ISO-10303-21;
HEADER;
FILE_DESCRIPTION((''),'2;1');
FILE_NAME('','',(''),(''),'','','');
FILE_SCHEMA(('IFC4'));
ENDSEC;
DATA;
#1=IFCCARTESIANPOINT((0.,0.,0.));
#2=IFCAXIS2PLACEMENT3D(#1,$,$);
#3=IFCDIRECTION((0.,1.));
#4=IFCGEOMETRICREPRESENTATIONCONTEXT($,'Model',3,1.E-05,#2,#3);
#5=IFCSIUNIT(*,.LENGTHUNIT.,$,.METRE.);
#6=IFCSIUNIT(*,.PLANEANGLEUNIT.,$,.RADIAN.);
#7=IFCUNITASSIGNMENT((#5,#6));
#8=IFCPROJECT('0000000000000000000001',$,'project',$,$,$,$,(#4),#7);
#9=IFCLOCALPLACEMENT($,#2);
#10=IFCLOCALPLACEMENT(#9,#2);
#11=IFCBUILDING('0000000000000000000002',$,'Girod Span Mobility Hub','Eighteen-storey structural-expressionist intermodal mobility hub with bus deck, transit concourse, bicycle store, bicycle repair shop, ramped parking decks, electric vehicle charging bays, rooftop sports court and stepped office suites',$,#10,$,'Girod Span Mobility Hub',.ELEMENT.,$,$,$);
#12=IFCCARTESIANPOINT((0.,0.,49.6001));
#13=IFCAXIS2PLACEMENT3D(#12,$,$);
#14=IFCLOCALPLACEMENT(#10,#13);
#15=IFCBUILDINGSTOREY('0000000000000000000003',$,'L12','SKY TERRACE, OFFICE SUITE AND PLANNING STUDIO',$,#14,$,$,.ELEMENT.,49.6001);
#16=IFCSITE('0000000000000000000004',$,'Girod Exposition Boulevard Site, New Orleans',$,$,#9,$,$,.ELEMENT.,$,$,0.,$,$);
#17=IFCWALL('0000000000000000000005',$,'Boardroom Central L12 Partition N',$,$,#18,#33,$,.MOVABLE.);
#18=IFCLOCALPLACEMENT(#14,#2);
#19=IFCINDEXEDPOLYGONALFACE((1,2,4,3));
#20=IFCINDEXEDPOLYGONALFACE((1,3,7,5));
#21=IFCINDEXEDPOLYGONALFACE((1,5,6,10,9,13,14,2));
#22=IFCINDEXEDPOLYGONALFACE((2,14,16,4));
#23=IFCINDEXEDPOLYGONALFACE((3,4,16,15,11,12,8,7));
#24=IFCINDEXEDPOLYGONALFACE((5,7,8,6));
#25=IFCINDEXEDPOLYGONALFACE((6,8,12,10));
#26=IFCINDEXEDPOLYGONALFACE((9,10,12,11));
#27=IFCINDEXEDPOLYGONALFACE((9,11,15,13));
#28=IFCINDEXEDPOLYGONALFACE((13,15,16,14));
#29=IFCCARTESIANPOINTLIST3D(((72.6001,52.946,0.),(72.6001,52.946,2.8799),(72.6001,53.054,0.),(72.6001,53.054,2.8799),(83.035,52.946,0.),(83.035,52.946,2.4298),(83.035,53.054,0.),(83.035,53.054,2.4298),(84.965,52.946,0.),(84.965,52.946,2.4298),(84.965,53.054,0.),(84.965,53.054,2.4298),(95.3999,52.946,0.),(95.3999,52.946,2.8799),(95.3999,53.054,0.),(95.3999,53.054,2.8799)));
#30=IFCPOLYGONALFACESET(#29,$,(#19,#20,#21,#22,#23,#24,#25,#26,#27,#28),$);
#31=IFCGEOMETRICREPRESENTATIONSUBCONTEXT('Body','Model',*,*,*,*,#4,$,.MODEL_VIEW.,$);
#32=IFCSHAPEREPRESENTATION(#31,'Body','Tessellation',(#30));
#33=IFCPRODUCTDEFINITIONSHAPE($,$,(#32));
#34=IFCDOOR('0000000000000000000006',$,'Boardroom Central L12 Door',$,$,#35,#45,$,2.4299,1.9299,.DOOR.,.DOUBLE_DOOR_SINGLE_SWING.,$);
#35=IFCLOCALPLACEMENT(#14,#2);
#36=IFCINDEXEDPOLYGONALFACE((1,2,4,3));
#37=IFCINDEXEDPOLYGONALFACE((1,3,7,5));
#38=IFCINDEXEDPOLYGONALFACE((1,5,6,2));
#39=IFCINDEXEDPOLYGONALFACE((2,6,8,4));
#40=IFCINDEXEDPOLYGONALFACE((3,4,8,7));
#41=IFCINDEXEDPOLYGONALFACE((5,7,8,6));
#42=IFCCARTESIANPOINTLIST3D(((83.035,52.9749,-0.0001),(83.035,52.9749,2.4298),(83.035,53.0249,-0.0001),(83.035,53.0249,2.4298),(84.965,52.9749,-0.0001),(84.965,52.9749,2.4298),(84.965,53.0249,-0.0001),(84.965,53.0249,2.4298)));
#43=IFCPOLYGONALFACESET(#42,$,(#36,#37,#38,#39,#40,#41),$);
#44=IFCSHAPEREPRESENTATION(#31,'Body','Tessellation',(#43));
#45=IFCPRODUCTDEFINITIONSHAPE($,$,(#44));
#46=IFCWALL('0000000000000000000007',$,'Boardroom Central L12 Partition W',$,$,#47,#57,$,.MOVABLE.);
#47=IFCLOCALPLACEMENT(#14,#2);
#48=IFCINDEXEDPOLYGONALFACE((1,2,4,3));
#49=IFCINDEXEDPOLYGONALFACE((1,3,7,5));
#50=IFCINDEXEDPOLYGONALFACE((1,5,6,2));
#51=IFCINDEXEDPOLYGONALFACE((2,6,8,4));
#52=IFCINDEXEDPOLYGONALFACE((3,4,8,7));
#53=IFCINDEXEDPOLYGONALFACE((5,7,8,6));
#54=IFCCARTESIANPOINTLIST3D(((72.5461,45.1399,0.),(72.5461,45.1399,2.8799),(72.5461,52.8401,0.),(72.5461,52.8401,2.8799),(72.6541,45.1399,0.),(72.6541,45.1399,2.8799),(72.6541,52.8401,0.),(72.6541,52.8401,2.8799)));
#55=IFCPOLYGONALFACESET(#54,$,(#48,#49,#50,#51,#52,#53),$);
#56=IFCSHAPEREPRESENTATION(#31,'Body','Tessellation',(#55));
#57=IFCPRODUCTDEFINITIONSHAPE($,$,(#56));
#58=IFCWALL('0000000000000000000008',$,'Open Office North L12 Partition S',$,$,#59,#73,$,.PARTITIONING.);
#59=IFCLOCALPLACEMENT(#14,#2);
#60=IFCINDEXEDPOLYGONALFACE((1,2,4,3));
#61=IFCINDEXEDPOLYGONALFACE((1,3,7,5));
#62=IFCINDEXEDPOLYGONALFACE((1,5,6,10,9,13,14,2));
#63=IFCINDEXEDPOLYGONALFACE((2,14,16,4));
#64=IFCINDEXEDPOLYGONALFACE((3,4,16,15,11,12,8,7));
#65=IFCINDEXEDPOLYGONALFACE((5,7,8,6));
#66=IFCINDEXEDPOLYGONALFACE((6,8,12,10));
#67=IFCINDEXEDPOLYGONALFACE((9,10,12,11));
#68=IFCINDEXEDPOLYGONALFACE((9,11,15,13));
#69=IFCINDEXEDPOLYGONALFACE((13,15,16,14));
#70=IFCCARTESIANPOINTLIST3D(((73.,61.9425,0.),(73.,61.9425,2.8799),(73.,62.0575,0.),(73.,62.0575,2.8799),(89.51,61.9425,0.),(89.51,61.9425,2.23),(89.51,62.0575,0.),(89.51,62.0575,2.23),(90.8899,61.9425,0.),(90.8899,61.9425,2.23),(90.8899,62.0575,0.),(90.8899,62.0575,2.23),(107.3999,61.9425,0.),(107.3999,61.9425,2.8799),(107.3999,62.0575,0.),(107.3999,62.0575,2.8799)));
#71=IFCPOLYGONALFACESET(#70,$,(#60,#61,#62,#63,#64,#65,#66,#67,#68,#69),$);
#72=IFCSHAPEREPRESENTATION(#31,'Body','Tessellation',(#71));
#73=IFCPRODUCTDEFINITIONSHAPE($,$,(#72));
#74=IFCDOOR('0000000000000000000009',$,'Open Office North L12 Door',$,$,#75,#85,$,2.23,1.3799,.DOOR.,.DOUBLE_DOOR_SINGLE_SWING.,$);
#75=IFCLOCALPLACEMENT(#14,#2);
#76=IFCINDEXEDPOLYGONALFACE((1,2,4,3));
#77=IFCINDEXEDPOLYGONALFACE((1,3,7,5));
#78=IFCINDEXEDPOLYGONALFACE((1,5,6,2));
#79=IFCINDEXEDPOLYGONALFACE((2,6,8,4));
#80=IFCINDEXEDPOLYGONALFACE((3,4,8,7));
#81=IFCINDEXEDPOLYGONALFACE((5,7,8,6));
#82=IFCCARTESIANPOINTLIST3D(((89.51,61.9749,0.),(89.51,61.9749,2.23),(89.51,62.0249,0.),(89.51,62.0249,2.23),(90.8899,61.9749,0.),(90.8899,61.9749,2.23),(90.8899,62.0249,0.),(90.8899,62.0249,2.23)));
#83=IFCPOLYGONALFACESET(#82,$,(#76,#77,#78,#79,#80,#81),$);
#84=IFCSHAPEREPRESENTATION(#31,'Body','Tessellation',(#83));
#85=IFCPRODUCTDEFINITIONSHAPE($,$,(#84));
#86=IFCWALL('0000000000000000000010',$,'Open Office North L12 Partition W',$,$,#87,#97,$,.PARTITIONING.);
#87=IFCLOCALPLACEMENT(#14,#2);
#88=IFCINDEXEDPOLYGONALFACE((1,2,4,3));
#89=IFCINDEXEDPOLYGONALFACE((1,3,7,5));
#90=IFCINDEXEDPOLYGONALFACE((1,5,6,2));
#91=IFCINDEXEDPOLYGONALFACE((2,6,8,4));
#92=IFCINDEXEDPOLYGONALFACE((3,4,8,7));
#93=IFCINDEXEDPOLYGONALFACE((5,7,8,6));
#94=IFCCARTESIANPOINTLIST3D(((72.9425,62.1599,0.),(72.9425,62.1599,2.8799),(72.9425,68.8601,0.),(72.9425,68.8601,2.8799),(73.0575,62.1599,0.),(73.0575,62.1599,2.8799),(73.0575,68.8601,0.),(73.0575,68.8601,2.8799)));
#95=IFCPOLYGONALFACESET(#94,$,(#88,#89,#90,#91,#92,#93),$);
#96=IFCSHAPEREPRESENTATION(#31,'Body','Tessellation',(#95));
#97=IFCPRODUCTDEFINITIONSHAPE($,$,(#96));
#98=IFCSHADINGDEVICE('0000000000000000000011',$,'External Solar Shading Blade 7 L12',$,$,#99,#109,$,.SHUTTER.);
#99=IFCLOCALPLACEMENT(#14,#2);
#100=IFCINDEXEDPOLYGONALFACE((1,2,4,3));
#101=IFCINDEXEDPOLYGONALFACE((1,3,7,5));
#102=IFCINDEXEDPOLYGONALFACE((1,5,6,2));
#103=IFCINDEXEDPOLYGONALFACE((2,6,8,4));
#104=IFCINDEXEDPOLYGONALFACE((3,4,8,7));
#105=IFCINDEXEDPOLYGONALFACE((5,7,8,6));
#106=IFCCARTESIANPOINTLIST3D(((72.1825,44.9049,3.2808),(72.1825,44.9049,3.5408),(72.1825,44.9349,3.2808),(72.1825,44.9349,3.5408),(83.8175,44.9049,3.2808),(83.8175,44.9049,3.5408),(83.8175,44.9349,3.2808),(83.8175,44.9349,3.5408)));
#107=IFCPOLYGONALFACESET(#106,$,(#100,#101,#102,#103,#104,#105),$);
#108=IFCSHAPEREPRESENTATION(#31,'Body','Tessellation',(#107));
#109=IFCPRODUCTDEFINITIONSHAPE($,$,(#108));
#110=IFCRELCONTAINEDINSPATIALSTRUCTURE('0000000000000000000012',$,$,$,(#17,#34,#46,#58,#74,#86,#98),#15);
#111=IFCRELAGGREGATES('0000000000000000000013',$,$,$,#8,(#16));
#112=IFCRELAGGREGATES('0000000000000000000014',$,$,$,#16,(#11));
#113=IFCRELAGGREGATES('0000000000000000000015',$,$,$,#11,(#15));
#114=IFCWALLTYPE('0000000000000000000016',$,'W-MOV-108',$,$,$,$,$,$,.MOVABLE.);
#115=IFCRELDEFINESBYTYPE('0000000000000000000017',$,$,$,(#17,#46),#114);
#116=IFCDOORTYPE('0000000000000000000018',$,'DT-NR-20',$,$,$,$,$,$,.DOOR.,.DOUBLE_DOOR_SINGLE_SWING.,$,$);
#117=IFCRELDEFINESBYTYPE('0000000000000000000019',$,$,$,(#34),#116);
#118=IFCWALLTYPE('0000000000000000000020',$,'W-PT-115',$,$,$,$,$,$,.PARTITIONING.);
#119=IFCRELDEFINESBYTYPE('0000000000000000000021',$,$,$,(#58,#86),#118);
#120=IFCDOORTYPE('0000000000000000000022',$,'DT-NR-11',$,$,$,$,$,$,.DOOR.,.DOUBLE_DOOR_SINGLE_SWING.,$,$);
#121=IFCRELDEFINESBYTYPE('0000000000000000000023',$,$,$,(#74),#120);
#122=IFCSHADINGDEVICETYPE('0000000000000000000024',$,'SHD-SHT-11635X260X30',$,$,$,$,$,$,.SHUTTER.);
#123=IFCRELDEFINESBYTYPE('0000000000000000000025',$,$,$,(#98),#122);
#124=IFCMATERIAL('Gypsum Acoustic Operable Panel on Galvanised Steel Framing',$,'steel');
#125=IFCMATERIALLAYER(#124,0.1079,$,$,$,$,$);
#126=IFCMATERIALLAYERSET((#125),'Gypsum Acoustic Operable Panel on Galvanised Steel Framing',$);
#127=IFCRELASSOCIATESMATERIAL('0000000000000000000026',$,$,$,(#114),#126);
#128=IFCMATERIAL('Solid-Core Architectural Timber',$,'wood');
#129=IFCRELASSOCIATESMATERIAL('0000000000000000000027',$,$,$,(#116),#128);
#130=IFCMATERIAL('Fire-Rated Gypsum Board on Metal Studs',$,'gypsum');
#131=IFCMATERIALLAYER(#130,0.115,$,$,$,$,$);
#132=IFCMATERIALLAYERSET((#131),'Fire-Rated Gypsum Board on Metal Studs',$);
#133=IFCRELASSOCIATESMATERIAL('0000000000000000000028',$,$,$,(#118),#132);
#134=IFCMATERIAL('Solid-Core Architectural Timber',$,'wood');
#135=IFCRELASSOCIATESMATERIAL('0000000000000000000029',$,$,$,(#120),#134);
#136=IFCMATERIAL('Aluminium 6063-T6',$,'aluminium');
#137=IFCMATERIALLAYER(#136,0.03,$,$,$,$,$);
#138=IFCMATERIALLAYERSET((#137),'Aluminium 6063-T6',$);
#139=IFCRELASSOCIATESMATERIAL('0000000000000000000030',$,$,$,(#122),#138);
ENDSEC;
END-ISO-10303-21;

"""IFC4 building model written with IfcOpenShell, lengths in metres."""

from ifc_helpers import new_model, si_unit, direction, frame, frame_2d, origin, origin_2d, place, context, subcontext, project, spatial, rectangle, extrude, material, layer, layer_set, type_object, element, fill, save


model = new_model("IFC4")

# Units and contexts
model_context = context("Model", 3, precision=1e-05, world=origin(), true_north=direction((0.0, 1.0)))
body_context = subcontext(model_context, "Body", "Model", "MODEL_VIEW")
ifc_project = project(units=[si_unit("LENGTHUNIT", "METRE"), si_unit("PLANEANGLEUNIT", "RADIAN")], contexts=[model_context])

# Site, building, storey
site_placement = place(None, origin())
site = spatial("IfcSite", under=ifc_project, at=site_placement, Name="Girod Exposition Boulevard Site, New Orleans", CompositionType="ELEMENT", RefElevation=0.0)
building_placement = place(site_placement, origin())
building = spatial("IfcBuilding", under=site, at=building_placement, Name="Girod Span Mobility Hub", Description="Eighteen-storey structural-expressionist intermodal mobility hub with bus deck, transit concourse, bicycle store, bicycle repair shop, ramped parking decks, electric vehicle charging bays, rooftop sports court and stepped office suites", LongName="Girod Span Mobility Hub", CompositionType="ELEMENT")
storey_placement = place(building_placement, frame((0.0, 0.0, 49.6001)))
storey = spatial("IfcBuildingStorey", under=building, at=storey_placement, Name="L12", Description="SKY TERRACE, OFFICE SUITE AND PLANNING STUDIO", CompositionType="ELEMENT", Elevation=49.6001)

# Wall, opening, door
ifc_material_1 = material(Name="Gypsum Acoustic Operable Panel on Galvanised Steel Framing", Category="steel")
ifc_layer_1 = layer(ifc_material_1, 0.1079)
ifc_layer_set_1 = layer_set([ifc_layer_1], Name="Gypsum Acoustic Operable Panel on Galvanised Steel Framing")
wall_type_1 = type_object("IfcWallType", Name="W-MOV-108", PredefinedType="MOVABLE", material=ifc_layer_set_1)
wall_1_placement = place(storey_placement, frame((72.6001, 53.0, 0.0), z_axis=(0.0, 0.0, 1.0), x_axis=(1.0, 0.0, 0.0)))
wall_1 = element("IfcWall", 1, at=wall_1_placement, inside=storey, type_object=wall_type_1, Name="Boardroom Central L12 Partition N", PredefinedType="MOVABLE", context=body_context, shape_type="SweptSolid", body=[
    extrude(rectangle(XDim=22.7998, YDim=0.1079, at=frame_2d((11.3999, 0.0))), origin(), (0.0, 0.0, 1.0), 2.8799),
])
opening_1_placement = place(wall_1_placement, frame((10.4351, 0.0, 0.0)))
opening_1 = element("IfcOpeningElement", 2, at=opening_1_placement, cuts=wall_1, PredefinedType="OPENING", context=body_context, shape_type="SweptSolid", body=[
    extrude(rectangle(XDim=1.9299, YDim=2.4299, at=frame_2d((0.9648, 1.2148))), frame((0.0, 0.0688, 0.0), z_axis=(0.0, -1.0, 0.0), x_axis=(1.0, 0.0, 0.0)), (0.0, 0.0, 1.0), 0.1379),
])
ifc_material_2 = material(Name="Solid-Core Architectural Timber", Category="wood")
door_type_1 = type_object("IfcDoorType", Name="DT-NR-20", OperationType="DOUBLE_DOOR_SINGLE_SWING", PredefinedType="DOOR", material=ifc_material_2)
door_1_placement = place(opening_1_placement, origin())
door_1 = element("IfcDoor", 3, at=door_1_placement, inside=storey, type_object=door_type_1, Name="Boardroom Central L12 Door", OperationType="DOUBLE_DOOR_SINGLE_SWING", OverallHeight=2.4299, OverallWidth=1.9299, PredefinedType="DOOR", context=body_context, shape_type="SweptSolid", body=[
    extrude(rectangle(XDim=1.9299, YDim=2.4299, at=frame_2d((0.9648, 1.2148))), frame((0.0, 0.0249, 0.0), z_axis=(0.0, -1.0, 0.0), x_axis=(1.0, 0.0, 0.0)), (0.0, 0.0, 1.0), 0.05),
])
fill(opening_1, door_1)

# Wall
wall_2_placement = place(storey_placement, frame((72.6001, 45.1399, 0.0), z_axis=(0.0, 0.0, 1.0), x_axis=(0.0, 1.0, 0.0)))
element("IfcWall", 4, at=wall_2_placement, inside=storey, type_object=wall_type_1, Name="Boardroom Central L12 Partition W", PredefinedType="MOVABLE", context=body_context, shape_type="SweptSolid", body=[
    extrude(rectangle(XDim=7.7002, YDim=0.1079, at=frame_2d((3.8501, 0.0))), origin(), (0.0, 0.0, 1.0), 2.8799),
])

# Wall, opening, door
ifc_material_3 = material(Name="Fire-Rated Gypsum Board on Metal Studs", Category="gypsum")
ifc_layer_2 = layer(ifc_material_3, 0.115)
ifc_layer_set_2 = layer_set([ifc_layer_2], Name="Fire-Rated Gypsum Board on Metal Studs")
wall_type_2 = type_object("IfcWallType", Name="W-PT-115", PredefinedType="PARTITIONING", material=ifc_layer_set_2)
wall_3_placement = place(storey_placement, frame((73.0, 62.0, 0.0), z_axis=(0.0, 0.0, 1.0), x_axis=(1.0, 0.0, 0.0)))
wall_3 = element("IfcWall", 5, at=wall_3_placement, inside=storey, type_object=wall_type_2, Name="Open Office North L12 Partition S", PredefinedType="PARTITIONING", context=body_context, shape_type="SweptSolid", body=[
    extrude(rectangle(XDim=34.3999, YDim=0.115, at=frame_2d((17.2, 0.0))), origin(), (0.0, 0.0, 1.0), 2.8799),
])
opening_2_placement = place(wall_3_placement, frame((16.51, 0.0, 0.0)))
opening_2 = element("IfcOpeningElement", 6, at=opening_2_placement, cuts=wall_3, PredefinedType="OPENING", context=body_context, shape_type="SweptSolid", body=[
    extrude(rectangle(XDim=1.3799, YDim=2.23, at=frame_2d((0.6899, 1.115))), frame((0.0, 0.0725, 0.0), z_axis=(0.0, -1.0, 0.0), x_axis=(1.0, 0.0, 0.0)), (0.0, 0.0, 1.0), 0.145),
])
ifc_material_4 = material(Name="Solid-Core Architectural Timber", Category="wood")
door_type_2 = type_object("IfcDoorType", Name="DT-NR-11", OperationType="DOUBLE_DOOR_SINGLE_SWING", PredefinedType="DOOR", material=ifc_material_4)
door_2_placement = place(opening_2_placement, origin())
door_2 = element("IfcDoor", 7, at=door_2_placement, inside=storey, type_object=door_type_2, Name="Open Office North L12 Door", OperationType="DOUBLE_DOOR_SINGLE_SWING", OverallHeight=2.23, OverallWidth=1.3799, PredefinedType="DOOR", context=body_context, shape_type="SweptSolid", body=[
    extrude(rectangle(XDim=1.3799, YDim=2.23, at=frame_2d((0.6899, 1.115))), frame((0.0, 0.0249, 0.0), z_axis=(0.0, -1.0, 0.0), x_axis=(1.0, 0.0, 0.0)), (0.0, 0.0, 1.0), 0.05),
])
fill(opening_2, door_2)

# Wall
wall_4_placement = place(storey_placement, frame((73.0, 62.1599, 0.0), z_axis=(0.0, 0.0, 1.0), x_axis=(0.0, 1.0, 0.0)))
element("IfcWall", 8, at=wall_4_placement, inside=storey, type_object=wall_type_2, Name="Open Office North L12 Partition W", PredefinedType="PARTITIONING", context=body_context, shape_type="SweptSolid", body=[
    extrude(rectangle(XDim=6.7002, YDim=0.115, at=frame_2d((3.3501, 0.0))), origin(), (0.0, 0.0, 1.0), 2.8799),
])

# Shading device
ifc_material_5 = material(Name="Aluminium 6063-T6", Category="aluminium")
ifc_layer_3 = layer(ifc_material_5, 0.03)
ifc_layer_set_3 = layer_set([ifc_layer_3], Name="Aluminium 6063-T6")
shading_device_type = type_object("IfcShadingDeviceType", Name="SHD-SHT-11635X260X30", PredefinedType="SHUTTER", material=ifc_layer_set_3)
shading_device_placement = place(storey_placement, frame((78.0, 44.9199, 3.2808), z_axis=(0.0, 0.0, 1.0), x_axis=(1.0, 0.0, 0.0)))
element("IfcShadingDevice", 9, at=shading_device_placement, inside=storey, type_object=shading_device_type, Name="External Solar Shading Blade 7 L12", PredefinedType="SHUTTER", context=body_context, shape_type="SweptSolid", body=[
    extrude(rectangle(XDim=11.635, YDim=0.03, at=origin_2d()), origin(), (0.0, 0.0, 1.0), 0.26),
])

save(model, "model.ifc")
